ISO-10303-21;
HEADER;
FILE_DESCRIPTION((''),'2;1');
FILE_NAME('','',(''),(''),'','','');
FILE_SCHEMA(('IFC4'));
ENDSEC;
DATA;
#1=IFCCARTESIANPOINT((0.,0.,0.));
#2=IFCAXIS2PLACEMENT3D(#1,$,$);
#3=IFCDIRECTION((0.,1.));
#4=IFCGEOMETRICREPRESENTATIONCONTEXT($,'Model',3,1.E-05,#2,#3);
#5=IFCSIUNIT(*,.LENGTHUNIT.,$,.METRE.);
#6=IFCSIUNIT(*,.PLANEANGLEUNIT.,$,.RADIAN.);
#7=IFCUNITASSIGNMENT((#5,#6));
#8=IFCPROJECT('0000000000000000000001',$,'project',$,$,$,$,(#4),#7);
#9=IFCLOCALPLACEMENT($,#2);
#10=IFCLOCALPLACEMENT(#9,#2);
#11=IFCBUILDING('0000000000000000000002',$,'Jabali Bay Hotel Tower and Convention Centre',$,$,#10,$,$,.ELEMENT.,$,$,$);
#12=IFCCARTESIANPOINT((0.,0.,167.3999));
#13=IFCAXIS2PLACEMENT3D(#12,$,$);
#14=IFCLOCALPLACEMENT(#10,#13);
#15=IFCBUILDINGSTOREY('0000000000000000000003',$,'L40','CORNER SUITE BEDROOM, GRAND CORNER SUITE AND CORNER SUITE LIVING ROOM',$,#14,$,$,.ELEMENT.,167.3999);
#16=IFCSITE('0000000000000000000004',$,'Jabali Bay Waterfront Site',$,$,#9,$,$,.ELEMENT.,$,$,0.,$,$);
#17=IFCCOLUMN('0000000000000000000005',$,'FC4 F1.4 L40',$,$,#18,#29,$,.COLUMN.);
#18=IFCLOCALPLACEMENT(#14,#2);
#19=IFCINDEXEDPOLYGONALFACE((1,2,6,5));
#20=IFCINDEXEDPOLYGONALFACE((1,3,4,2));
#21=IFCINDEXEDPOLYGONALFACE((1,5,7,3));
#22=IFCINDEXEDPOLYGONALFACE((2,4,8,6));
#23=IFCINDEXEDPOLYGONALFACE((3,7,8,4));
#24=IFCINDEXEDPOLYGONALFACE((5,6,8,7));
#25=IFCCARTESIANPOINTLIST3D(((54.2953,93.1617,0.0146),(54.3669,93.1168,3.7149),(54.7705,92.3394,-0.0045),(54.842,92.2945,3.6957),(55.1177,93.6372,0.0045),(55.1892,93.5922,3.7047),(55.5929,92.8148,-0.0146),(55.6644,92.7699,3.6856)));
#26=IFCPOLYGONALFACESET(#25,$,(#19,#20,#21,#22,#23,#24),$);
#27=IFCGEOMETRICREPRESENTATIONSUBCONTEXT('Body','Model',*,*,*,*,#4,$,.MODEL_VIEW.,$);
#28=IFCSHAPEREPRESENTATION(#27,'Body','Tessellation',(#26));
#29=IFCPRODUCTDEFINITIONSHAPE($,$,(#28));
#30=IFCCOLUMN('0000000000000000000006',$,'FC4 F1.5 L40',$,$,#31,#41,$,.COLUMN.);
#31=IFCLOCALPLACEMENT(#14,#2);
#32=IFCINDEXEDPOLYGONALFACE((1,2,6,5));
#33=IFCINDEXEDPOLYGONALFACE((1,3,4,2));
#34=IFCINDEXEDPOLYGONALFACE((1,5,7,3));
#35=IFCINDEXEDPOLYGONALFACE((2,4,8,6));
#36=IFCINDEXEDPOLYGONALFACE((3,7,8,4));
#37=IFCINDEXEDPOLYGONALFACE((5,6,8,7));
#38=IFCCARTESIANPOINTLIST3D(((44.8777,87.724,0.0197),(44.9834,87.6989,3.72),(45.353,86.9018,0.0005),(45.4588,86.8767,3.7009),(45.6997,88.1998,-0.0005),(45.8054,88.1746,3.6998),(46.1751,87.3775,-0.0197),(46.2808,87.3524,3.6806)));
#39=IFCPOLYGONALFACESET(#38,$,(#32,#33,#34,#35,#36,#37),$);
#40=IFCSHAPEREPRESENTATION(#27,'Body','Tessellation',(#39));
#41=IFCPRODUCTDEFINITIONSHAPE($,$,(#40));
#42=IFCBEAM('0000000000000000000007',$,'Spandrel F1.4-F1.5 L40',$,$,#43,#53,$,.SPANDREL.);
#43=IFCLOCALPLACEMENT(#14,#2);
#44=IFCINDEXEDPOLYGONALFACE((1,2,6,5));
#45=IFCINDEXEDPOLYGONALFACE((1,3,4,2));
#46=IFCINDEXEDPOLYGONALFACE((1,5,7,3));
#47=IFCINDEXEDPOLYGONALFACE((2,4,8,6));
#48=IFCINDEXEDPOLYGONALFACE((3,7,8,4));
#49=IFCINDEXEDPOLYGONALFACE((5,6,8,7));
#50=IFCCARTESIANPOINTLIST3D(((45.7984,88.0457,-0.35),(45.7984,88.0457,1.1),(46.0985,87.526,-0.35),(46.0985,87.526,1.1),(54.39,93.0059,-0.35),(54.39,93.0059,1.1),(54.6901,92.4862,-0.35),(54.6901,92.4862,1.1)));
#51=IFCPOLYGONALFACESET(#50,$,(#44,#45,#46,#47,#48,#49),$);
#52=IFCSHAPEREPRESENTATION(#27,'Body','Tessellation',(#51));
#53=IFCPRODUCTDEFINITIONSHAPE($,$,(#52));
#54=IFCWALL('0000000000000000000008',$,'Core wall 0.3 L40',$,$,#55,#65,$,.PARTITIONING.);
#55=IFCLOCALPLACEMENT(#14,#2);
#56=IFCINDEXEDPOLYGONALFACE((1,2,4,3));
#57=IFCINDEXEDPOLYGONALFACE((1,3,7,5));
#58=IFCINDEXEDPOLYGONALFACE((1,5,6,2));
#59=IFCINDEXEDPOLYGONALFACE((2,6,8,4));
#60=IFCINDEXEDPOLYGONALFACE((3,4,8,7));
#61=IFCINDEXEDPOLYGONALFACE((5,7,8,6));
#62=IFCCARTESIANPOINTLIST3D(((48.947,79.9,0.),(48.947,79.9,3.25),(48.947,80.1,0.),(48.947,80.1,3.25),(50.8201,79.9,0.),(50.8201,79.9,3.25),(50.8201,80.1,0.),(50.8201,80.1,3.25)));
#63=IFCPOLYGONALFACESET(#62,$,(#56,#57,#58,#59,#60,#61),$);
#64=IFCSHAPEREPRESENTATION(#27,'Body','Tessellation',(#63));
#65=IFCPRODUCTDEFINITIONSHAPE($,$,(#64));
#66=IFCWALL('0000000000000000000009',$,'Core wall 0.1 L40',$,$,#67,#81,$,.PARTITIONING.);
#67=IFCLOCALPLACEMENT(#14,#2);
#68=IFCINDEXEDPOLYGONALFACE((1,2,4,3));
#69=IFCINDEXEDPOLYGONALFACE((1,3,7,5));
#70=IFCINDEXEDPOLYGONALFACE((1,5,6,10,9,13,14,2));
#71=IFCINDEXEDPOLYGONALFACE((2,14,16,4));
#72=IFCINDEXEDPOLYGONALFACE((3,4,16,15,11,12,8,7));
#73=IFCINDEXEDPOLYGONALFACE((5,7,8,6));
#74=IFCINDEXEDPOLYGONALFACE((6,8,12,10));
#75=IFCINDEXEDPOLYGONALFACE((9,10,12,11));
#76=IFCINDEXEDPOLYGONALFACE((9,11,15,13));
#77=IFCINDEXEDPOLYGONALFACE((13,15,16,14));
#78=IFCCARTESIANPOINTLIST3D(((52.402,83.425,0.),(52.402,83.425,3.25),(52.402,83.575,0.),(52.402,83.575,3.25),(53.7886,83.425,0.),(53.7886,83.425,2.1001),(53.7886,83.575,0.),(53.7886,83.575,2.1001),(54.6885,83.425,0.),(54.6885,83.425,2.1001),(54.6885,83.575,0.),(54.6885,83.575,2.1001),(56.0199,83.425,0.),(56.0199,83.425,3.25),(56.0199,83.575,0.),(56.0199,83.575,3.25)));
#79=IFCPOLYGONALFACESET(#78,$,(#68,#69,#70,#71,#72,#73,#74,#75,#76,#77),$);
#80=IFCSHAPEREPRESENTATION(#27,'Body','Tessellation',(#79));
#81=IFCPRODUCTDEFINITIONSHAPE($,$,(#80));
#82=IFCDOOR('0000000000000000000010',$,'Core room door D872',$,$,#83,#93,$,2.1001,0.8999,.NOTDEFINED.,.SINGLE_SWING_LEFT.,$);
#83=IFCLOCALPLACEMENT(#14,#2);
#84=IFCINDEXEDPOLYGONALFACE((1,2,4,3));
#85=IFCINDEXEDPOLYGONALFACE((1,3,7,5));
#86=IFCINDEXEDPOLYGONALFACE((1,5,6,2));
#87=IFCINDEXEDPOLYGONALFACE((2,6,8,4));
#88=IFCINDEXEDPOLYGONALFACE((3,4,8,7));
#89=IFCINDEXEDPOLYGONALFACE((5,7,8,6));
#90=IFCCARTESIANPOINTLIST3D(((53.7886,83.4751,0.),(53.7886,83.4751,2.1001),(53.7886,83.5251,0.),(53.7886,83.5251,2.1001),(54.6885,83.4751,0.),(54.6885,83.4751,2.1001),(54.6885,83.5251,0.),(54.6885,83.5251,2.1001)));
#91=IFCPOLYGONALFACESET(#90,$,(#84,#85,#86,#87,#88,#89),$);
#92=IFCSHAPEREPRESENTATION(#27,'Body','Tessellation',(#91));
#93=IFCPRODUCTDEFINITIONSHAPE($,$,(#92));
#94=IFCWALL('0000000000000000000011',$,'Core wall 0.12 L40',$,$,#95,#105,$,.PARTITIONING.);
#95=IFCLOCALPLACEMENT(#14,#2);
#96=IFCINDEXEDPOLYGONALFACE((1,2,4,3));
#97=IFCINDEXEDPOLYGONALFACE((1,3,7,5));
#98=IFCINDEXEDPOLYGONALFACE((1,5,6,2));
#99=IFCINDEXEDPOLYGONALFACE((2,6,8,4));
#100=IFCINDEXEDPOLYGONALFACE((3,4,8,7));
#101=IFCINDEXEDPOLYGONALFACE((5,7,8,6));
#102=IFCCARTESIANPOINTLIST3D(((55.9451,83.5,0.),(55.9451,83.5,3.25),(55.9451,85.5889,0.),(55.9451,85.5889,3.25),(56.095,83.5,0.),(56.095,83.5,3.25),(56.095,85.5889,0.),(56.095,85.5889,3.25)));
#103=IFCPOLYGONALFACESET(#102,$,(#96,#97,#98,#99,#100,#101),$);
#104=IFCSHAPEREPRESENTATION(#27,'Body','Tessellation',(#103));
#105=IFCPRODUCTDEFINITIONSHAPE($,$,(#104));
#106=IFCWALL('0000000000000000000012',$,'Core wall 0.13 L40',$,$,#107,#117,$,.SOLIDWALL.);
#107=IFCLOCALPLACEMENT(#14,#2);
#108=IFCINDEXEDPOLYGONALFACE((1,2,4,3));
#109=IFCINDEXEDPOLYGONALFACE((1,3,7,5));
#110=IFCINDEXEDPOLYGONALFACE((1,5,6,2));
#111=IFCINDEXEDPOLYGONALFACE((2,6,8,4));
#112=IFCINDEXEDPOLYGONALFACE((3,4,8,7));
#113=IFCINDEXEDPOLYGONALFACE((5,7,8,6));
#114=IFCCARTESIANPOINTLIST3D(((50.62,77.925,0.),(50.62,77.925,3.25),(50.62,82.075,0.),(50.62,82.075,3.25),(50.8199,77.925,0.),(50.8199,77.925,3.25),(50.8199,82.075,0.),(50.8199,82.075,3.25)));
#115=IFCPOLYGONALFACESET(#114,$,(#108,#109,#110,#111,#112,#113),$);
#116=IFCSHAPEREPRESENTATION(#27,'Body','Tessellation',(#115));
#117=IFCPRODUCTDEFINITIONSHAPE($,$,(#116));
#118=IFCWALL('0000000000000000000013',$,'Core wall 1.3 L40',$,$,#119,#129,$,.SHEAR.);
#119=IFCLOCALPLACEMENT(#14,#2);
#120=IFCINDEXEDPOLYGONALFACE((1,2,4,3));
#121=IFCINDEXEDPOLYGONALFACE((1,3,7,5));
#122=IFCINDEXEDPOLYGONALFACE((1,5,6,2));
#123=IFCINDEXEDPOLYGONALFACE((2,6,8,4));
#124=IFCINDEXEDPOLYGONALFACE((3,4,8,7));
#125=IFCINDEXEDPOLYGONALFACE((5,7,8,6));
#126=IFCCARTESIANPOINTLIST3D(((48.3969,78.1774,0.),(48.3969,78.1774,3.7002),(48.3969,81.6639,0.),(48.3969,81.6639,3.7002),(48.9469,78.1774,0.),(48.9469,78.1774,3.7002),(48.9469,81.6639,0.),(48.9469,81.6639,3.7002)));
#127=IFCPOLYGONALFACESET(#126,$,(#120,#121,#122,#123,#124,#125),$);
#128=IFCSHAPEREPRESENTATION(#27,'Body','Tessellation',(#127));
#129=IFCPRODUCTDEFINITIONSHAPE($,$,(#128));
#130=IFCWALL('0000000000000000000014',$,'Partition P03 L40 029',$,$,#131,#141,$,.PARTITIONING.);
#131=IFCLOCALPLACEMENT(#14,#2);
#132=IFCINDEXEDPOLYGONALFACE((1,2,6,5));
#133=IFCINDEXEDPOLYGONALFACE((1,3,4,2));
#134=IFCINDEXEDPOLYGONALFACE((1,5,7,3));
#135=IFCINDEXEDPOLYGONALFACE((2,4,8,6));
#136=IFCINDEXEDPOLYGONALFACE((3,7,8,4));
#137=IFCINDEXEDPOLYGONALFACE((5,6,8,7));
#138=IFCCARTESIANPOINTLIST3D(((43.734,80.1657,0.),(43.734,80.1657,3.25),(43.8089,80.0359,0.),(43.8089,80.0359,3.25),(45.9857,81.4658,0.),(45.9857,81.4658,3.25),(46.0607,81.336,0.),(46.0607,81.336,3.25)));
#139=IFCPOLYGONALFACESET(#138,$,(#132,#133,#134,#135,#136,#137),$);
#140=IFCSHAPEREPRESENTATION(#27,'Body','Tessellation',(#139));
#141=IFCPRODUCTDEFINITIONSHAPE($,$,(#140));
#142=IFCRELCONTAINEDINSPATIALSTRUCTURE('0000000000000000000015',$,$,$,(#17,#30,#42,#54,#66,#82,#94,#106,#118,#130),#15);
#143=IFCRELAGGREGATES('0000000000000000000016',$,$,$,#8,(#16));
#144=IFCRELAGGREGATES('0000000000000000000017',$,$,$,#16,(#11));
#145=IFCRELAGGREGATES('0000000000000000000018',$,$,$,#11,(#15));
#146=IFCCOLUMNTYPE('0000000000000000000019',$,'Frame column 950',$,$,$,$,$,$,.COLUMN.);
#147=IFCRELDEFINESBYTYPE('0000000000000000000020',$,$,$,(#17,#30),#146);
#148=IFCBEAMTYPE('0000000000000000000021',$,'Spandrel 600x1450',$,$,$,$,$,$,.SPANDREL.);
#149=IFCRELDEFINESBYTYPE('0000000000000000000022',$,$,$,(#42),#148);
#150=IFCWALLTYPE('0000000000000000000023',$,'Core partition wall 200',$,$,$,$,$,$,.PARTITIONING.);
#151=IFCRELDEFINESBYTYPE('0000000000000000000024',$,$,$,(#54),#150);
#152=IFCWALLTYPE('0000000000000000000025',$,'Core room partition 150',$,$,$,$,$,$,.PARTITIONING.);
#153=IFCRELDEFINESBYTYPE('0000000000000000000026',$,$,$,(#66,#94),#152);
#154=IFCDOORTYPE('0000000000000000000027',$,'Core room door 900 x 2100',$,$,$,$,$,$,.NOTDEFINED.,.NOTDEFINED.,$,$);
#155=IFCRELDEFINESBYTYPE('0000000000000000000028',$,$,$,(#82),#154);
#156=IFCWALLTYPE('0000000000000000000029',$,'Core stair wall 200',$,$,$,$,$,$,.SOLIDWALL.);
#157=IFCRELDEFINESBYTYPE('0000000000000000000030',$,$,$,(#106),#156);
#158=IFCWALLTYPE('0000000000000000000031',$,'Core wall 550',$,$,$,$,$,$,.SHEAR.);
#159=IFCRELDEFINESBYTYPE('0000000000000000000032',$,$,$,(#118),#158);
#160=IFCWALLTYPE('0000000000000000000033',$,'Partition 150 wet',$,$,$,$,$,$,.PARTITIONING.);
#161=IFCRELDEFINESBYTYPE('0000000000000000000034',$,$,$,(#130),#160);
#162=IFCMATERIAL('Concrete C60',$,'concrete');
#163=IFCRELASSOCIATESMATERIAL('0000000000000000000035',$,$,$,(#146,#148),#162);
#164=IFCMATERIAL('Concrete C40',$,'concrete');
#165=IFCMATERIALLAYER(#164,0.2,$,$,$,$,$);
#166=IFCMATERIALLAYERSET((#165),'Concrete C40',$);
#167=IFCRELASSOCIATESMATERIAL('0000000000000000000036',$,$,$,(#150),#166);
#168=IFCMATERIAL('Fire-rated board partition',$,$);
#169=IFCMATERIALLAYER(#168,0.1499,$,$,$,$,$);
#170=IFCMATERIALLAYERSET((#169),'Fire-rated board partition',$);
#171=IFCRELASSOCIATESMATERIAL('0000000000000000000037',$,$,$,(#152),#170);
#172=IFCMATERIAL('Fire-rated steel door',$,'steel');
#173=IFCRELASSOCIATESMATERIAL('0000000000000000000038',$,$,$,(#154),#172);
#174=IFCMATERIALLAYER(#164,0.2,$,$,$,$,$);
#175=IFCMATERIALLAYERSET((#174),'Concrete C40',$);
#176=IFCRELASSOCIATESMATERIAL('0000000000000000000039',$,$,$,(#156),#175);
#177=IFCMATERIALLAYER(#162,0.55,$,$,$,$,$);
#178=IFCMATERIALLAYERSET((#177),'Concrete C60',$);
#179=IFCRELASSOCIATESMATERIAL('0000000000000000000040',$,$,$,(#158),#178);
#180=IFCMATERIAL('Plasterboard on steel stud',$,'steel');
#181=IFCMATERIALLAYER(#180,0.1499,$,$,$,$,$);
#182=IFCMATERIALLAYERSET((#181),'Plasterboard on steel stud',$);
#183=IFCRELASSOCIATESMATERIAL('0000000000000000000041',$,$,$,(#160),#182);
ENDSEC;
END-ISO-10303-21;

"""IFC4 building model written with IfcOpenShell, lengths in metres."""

from ifc_helpers import new_model, si_unit, direction, frame, frame_2d, origin, origin_2d, place, context, subcontext, project, spatial, rectangle, extrude, material, layer, layer_set, material_profile, profile_set, type_object, element, fill, save


model = new_model("IFC4")

# Units and contexts
model_context = context("Model", 3, precision=1e-05, world=origin(), true_north=direction((0.0, 1.0)))
body_context = subcontext(model_context, "Body", "Model", "MODEL_VIEW")
ifc_project = project(units=[si_unit("LENGTHUNIT", "METRE"), si_unit("PLANEANGLEUNIT", "RADIAN")], contexts=[model_context])

# Site, building, storey
site_placement = place(None, origin())
site = spatial("IfcSite", under=ifc_project, at=site_placement, Name="Jabali Bay Waterfront Site", CompositionType="ELEMENT", RefElevation=0.0)
building_placement = place(site_placement, origin())
building = spatial("IfcBuilding", under=site, at=building_placement, Name="Jabali Bay Hotel Tower and Convention Centre", CompositionType="ELEMENT")
storey_placement = place(building_placement, frame((0.0, 0.0, 167.3999)))
storey = spatial("IfcBuildingStorey", under=building, at=storey_placement, Name="L40", Description="CORNER SUITE BEDROOM, GRAND CORNER SUITE AND CORNER SUITE LIVING ROOM", CompositionType="ELEMENT", Elevation=167.3999)

# Columns
ifc_material_1 = material(Name="Concrete C60", Category="concrete")
ifc_material_profile_1 = material_profile(ifc_material_1, rectangle(XDim=0.95, YDim=0.95, at=origin_2d()), Name="Frame column 950")
ifc_profile_set_1 = profile_set([ifc_material_profile_1], Name="Concrete C60")
column_type = type_object("IfcColumnType", Name="Frame column 950", PredefinedType="COLUMN", material=ifc_profile_set_1)
column_1_placement = place(storey_placement, frame((54.9441, 92.9883, 0.0), z_axis=(0.019327, -0.012137, 0.99974), x_axis=(-0.500209, 0.86567, 0.02018)))
element("IfcColumn", 1, at=column_1_placement, inside=storey, type_object=column_type, Name="FC4 F1.4 L40", PredefinedType="COLUMN", context=body_context, shape_type="SweptSolid", body=[
    extrude(rectangle(XDim=0.95, YDim=0.95, at=origin_2d()), origin(), (0.0, 0.0, 1.0), 3.7012),
])
column_2_placement = place(storey_placement, frame((45.5264, 87.5508, 0.0), z_axis=(0.028557, -0.006793, 0.999569), x_axis=(-0.500408, 0.865555, 0.020179)))
element("IfcColumn", 2, at=column_2_placement, inside=storey, type_object=column_type, Name="FC4 F1.5 L40", PredefinedType="COLUMN", context=body_context, shape_type="SweptSolid", body=[
    extrude(rectangle(XDim=0.95, YDim=0.95, at=origin_2d()), origin(), (0.0, 0.0, 1.0), 3.7019),
])

# Beam
ifc_material_profile_2 = material_profile(ifc_material_1, rectangle(XDim=0.6001, YDim=1.45, at=origin_2d()), Name="Spandrel 600x1450")
ifc_profile_set_2 = profile_set([ifc_material_profile_2], Name="Concrete C60")
beam_type = type_object("IfcBeamType", Name="Spandrel 600x1450", PredefinedType="SPANDREL", material=ifc_profile_set_2)
beam_placement = place(storey_placement, frame((54.54, 92.7461, 0.375), z_axis=(-0.866031, -0.49999, 0.0), x_axis=(0.49999, -0.866031, 0.0)))
element("IfcBeam", 3, at=beam_placement, inside=storey, type_object=beam_type, Name="Spandrel F1.4-F1.5 L40", PredefinedType="SPANDREL", context=body_context, shape_type="SweptSolid", body=[
    extrude(rectangle(XDim=0.6001, YDim=1.45, at=origin_2d()), origin(), (0.0, 0.0, 1.0), 9.9207),
])

# Wall
ifc_material_2 = material(Name="Concrete C40", Category="concrete")
ifc_layer_1 = layer(ifc_material_2, 0.2)
ifc_layer_set_1 = layer_set([ifc_layer_1], Name="Concrete C40")
wall_type_1 = type_object("IfcWallType", Name="Core partition wall 200", PredefinedType="PARTITIONING", material=ifc_layer_set_1)
wall_1_placement = place(storey_placement, frame((50.8201, 80.0, 0.0), z_axis=(0.0, 0.0, 1.0), x_axis=(-1.0, 0.0, 0.0)))
element("IfcWall", 4, at=wall_1_placement, inside=storey, type_object=wall_type_1, Name="Core wall 0.3 L40", PredefinedType="PARTITIONING", context=body_context, shape_type="SweptSolid", body=[
    extrude(rectangle(XDim=1.873, YDim=0.2, at=frame_2d((0.9365, 0.0))), origin(), (0.0, 0.0, 1.0), 3.25),
])

# Wall, opening, door
ifc_material_3 = material(Name="Fire-rated board partition")
ifc_layer_2 = layer(ifc_material_3, 0.1499)
ifc_layer_set_2 = layer_set([ifc_layer_2], Name="Fire-rated board partition")
wall_type_2 = type_object("IfcWallType", Name="Core room partition 150", PredefinedType="PARTITIONING", material=ifc_layer_set_2)
wall_2_placement = place(storey_placement, frame((56.02, 83.5, 0.0), z_axis=(0.0, 0.0, 1.0), x_axis=(-1.0, 0.0, 0.0)))
wall_2 = element("IfcWall", 5, at=wall_2_placement, inside=storey, type_object=wall_type_2, Name="Core wall 0.1 L40", PredefinedType="PARTITIONING", context=body_context, shape_type="SweptSolid", body=[
    extrude(rectangle(XDim=3.6179, YDim=0.1499, at=frame_2d((1.8091, 0.0))), origin(), (0.0, 0.0, 1.0), 3.25),
])
opening_placement = place(wall_2_placement, frame((1.3315, 0.0, 0.0)))
opening = element("IfcOpeningElement", 6, at=opening_placement, cuts=wall_2, PredefinedType="OPENING", context=body_context, shape_type="SweptSolid", body=[
    extrude(rectangle(XDim=0.8999, YDim=2.1001, at=frame_2d((0.45, 1.05))), frame((0.0, 0.0854, 0.0), z_axis=(0.0, -1.0, 0.0), x_axis=(1.0, 0.0, 0.0)), (0.0, 0.0, 1.0), 0.1709),
])
ifc_material_4 = material(Name="Fire-rated steel door", Category="steel")
door_type = type_object("IfcDoorType", Name="Core room door 900 x 2100", OperationType="NOTDEFINED", PredefinedType="NOTDEFINED", material=ifc_material_4)
door_placement = place(opening_placement, origin())
door = element("IfcDoor", 7, at=door_placement, inside=storey, type_object=door_type, Name="Core room door D872", OperationType="SINGLE_SWING_LEFT", OverallHeight=2.1001, OverallWidth=0.8999, PredefinedType="NOTDEFINED", context=body_context, shape_type="SweptSolid", body=[
    extrude(rectangle(XDim=0.8999, YDim=2.1001, at=frame_2d((0.45, 1.05))), frame((0.0, 0.0249, 0.0), z_axis=(0.0, -1.0, 0.0), x_axis=(1.0, 0.0, 0.0)), (0.0, 0.0, 1.0), 0.05),
])
fill(opening, door)

# Walls
wall_3_placement = place(storey_placement, frame((56.02, 85.5889, 0.0), z_axis=(0.0, 0.0, 1.0), x_axis=(0.0, -1.0, 0.0)))
element("IfcWall", 8, at=wall_3_placement, inside=storey, type_object=wall_type_2, Name="Core wall 0.12 L40", PredefinedType="PARTITIONING", context=body_context, shape_type="SweptSolid", body=[
    extrude(rectangle(XDim=2.0889, YDim=0.1499, at=frame_2d((1.0444, 0.0))), origin(), (0.0, 0.0, 1.0), 3.25),
])
ifc_layer_3 = layer(ifc_material_2, 0.2)
ifc_layer_set_3 = layer_set([ifc_layer_3], Name="Concrete C40")
wall_type_3 = type_object("IfcWallType", Name="Core stair wall 200", PredefinedType="SOLIDWALL", material=ifc_layer_set_3)
wall_4_placement = place(storey_placement, frame((50.72, 82.075, 0.0), z_axis=(0.0, 0.0, 1.0), x_axis=(0.0, -1.0, 0.0)))
element("IfcWall", 9, at=wall_4_placement, inside=storey, type_object=wall_type_3, Name="Core wall 0.13 L40", PredefinedType="SOLIDWALL", context=body_context, shape_type="SweptSolid", body=[
    extrude(rectangle(XDim=4.1499, YDim=0.2, at=frame_2d((2.075, 0.0))), origin(), (0.0, 0.0, 1.0), 3.25),
])
ifc_layer_4 = layer(ifc_material_1, 0.55)
ifc_layer_set_4 = layer_set([ifc_layer_4], Name="Concrete C60")
wall_type_4 = type_object("IfcWallType", Name="Core wall 550", PredefinedType="SHEAR", material=ifc_layer_set_4)
wall_5_placement = place(storey_placement, frame((48.6719, 81.6638, 0.0), z_axis=(0.0, 0.0, 1.0), x_axis=(0.0, -1.0, 0.0)))
element("IfcWall", 10, at=wall_5_placement, inside=storey, type_object=wall_type_4, Name="Core wall 1.3 L40", PredefinedType="SHEAR", context=body_context, shape_type="SweptSolid", body=[
    extrude(rectangle(XDim=3.4866, YDim=0.55, at=frame_2d((1.7432, 0.0))), origin(), (0.0, 0.0, 1.0), 3.7002),
])
ifc_material_5 = material(Name="Plasterboard on steel stud", Category="steel")
ifc_layer_5 = layer(ifc_material_5, 0.1499)
ifc_layer_set_5 = layer_set([ifc_layer_5], Name="Plasterboard on steel stud")
wall_type_5 = type_object("IfcWallType", Name="Partition 150 wet", PredefinedType="PARTITIONING", material=ifc_layer_set_5)
wall_6_placement = place(storey_placement, frame((46.0232, 81.4009, 0.0), z_axis=(0.0, 0.0, 1.0), x_axis=(-0.866021, -0.500007, 0.0)))
element("IfcWall", 11, at=wall_6_placement, inside=storey, type_object=wall_type_5, Name="Partition P03 L40 029", PredefinedType="PARTITIONING", context=body_context, shape_type="SweptSolid", body=[
    extrude(rectangle(XDim=2.6001, YDim=0.1499, at=frame_2d((1.3, 0.0))), origin(), (0.0, 0.0, 1.0), 3.25),
])

save(model, "model.ifc")
